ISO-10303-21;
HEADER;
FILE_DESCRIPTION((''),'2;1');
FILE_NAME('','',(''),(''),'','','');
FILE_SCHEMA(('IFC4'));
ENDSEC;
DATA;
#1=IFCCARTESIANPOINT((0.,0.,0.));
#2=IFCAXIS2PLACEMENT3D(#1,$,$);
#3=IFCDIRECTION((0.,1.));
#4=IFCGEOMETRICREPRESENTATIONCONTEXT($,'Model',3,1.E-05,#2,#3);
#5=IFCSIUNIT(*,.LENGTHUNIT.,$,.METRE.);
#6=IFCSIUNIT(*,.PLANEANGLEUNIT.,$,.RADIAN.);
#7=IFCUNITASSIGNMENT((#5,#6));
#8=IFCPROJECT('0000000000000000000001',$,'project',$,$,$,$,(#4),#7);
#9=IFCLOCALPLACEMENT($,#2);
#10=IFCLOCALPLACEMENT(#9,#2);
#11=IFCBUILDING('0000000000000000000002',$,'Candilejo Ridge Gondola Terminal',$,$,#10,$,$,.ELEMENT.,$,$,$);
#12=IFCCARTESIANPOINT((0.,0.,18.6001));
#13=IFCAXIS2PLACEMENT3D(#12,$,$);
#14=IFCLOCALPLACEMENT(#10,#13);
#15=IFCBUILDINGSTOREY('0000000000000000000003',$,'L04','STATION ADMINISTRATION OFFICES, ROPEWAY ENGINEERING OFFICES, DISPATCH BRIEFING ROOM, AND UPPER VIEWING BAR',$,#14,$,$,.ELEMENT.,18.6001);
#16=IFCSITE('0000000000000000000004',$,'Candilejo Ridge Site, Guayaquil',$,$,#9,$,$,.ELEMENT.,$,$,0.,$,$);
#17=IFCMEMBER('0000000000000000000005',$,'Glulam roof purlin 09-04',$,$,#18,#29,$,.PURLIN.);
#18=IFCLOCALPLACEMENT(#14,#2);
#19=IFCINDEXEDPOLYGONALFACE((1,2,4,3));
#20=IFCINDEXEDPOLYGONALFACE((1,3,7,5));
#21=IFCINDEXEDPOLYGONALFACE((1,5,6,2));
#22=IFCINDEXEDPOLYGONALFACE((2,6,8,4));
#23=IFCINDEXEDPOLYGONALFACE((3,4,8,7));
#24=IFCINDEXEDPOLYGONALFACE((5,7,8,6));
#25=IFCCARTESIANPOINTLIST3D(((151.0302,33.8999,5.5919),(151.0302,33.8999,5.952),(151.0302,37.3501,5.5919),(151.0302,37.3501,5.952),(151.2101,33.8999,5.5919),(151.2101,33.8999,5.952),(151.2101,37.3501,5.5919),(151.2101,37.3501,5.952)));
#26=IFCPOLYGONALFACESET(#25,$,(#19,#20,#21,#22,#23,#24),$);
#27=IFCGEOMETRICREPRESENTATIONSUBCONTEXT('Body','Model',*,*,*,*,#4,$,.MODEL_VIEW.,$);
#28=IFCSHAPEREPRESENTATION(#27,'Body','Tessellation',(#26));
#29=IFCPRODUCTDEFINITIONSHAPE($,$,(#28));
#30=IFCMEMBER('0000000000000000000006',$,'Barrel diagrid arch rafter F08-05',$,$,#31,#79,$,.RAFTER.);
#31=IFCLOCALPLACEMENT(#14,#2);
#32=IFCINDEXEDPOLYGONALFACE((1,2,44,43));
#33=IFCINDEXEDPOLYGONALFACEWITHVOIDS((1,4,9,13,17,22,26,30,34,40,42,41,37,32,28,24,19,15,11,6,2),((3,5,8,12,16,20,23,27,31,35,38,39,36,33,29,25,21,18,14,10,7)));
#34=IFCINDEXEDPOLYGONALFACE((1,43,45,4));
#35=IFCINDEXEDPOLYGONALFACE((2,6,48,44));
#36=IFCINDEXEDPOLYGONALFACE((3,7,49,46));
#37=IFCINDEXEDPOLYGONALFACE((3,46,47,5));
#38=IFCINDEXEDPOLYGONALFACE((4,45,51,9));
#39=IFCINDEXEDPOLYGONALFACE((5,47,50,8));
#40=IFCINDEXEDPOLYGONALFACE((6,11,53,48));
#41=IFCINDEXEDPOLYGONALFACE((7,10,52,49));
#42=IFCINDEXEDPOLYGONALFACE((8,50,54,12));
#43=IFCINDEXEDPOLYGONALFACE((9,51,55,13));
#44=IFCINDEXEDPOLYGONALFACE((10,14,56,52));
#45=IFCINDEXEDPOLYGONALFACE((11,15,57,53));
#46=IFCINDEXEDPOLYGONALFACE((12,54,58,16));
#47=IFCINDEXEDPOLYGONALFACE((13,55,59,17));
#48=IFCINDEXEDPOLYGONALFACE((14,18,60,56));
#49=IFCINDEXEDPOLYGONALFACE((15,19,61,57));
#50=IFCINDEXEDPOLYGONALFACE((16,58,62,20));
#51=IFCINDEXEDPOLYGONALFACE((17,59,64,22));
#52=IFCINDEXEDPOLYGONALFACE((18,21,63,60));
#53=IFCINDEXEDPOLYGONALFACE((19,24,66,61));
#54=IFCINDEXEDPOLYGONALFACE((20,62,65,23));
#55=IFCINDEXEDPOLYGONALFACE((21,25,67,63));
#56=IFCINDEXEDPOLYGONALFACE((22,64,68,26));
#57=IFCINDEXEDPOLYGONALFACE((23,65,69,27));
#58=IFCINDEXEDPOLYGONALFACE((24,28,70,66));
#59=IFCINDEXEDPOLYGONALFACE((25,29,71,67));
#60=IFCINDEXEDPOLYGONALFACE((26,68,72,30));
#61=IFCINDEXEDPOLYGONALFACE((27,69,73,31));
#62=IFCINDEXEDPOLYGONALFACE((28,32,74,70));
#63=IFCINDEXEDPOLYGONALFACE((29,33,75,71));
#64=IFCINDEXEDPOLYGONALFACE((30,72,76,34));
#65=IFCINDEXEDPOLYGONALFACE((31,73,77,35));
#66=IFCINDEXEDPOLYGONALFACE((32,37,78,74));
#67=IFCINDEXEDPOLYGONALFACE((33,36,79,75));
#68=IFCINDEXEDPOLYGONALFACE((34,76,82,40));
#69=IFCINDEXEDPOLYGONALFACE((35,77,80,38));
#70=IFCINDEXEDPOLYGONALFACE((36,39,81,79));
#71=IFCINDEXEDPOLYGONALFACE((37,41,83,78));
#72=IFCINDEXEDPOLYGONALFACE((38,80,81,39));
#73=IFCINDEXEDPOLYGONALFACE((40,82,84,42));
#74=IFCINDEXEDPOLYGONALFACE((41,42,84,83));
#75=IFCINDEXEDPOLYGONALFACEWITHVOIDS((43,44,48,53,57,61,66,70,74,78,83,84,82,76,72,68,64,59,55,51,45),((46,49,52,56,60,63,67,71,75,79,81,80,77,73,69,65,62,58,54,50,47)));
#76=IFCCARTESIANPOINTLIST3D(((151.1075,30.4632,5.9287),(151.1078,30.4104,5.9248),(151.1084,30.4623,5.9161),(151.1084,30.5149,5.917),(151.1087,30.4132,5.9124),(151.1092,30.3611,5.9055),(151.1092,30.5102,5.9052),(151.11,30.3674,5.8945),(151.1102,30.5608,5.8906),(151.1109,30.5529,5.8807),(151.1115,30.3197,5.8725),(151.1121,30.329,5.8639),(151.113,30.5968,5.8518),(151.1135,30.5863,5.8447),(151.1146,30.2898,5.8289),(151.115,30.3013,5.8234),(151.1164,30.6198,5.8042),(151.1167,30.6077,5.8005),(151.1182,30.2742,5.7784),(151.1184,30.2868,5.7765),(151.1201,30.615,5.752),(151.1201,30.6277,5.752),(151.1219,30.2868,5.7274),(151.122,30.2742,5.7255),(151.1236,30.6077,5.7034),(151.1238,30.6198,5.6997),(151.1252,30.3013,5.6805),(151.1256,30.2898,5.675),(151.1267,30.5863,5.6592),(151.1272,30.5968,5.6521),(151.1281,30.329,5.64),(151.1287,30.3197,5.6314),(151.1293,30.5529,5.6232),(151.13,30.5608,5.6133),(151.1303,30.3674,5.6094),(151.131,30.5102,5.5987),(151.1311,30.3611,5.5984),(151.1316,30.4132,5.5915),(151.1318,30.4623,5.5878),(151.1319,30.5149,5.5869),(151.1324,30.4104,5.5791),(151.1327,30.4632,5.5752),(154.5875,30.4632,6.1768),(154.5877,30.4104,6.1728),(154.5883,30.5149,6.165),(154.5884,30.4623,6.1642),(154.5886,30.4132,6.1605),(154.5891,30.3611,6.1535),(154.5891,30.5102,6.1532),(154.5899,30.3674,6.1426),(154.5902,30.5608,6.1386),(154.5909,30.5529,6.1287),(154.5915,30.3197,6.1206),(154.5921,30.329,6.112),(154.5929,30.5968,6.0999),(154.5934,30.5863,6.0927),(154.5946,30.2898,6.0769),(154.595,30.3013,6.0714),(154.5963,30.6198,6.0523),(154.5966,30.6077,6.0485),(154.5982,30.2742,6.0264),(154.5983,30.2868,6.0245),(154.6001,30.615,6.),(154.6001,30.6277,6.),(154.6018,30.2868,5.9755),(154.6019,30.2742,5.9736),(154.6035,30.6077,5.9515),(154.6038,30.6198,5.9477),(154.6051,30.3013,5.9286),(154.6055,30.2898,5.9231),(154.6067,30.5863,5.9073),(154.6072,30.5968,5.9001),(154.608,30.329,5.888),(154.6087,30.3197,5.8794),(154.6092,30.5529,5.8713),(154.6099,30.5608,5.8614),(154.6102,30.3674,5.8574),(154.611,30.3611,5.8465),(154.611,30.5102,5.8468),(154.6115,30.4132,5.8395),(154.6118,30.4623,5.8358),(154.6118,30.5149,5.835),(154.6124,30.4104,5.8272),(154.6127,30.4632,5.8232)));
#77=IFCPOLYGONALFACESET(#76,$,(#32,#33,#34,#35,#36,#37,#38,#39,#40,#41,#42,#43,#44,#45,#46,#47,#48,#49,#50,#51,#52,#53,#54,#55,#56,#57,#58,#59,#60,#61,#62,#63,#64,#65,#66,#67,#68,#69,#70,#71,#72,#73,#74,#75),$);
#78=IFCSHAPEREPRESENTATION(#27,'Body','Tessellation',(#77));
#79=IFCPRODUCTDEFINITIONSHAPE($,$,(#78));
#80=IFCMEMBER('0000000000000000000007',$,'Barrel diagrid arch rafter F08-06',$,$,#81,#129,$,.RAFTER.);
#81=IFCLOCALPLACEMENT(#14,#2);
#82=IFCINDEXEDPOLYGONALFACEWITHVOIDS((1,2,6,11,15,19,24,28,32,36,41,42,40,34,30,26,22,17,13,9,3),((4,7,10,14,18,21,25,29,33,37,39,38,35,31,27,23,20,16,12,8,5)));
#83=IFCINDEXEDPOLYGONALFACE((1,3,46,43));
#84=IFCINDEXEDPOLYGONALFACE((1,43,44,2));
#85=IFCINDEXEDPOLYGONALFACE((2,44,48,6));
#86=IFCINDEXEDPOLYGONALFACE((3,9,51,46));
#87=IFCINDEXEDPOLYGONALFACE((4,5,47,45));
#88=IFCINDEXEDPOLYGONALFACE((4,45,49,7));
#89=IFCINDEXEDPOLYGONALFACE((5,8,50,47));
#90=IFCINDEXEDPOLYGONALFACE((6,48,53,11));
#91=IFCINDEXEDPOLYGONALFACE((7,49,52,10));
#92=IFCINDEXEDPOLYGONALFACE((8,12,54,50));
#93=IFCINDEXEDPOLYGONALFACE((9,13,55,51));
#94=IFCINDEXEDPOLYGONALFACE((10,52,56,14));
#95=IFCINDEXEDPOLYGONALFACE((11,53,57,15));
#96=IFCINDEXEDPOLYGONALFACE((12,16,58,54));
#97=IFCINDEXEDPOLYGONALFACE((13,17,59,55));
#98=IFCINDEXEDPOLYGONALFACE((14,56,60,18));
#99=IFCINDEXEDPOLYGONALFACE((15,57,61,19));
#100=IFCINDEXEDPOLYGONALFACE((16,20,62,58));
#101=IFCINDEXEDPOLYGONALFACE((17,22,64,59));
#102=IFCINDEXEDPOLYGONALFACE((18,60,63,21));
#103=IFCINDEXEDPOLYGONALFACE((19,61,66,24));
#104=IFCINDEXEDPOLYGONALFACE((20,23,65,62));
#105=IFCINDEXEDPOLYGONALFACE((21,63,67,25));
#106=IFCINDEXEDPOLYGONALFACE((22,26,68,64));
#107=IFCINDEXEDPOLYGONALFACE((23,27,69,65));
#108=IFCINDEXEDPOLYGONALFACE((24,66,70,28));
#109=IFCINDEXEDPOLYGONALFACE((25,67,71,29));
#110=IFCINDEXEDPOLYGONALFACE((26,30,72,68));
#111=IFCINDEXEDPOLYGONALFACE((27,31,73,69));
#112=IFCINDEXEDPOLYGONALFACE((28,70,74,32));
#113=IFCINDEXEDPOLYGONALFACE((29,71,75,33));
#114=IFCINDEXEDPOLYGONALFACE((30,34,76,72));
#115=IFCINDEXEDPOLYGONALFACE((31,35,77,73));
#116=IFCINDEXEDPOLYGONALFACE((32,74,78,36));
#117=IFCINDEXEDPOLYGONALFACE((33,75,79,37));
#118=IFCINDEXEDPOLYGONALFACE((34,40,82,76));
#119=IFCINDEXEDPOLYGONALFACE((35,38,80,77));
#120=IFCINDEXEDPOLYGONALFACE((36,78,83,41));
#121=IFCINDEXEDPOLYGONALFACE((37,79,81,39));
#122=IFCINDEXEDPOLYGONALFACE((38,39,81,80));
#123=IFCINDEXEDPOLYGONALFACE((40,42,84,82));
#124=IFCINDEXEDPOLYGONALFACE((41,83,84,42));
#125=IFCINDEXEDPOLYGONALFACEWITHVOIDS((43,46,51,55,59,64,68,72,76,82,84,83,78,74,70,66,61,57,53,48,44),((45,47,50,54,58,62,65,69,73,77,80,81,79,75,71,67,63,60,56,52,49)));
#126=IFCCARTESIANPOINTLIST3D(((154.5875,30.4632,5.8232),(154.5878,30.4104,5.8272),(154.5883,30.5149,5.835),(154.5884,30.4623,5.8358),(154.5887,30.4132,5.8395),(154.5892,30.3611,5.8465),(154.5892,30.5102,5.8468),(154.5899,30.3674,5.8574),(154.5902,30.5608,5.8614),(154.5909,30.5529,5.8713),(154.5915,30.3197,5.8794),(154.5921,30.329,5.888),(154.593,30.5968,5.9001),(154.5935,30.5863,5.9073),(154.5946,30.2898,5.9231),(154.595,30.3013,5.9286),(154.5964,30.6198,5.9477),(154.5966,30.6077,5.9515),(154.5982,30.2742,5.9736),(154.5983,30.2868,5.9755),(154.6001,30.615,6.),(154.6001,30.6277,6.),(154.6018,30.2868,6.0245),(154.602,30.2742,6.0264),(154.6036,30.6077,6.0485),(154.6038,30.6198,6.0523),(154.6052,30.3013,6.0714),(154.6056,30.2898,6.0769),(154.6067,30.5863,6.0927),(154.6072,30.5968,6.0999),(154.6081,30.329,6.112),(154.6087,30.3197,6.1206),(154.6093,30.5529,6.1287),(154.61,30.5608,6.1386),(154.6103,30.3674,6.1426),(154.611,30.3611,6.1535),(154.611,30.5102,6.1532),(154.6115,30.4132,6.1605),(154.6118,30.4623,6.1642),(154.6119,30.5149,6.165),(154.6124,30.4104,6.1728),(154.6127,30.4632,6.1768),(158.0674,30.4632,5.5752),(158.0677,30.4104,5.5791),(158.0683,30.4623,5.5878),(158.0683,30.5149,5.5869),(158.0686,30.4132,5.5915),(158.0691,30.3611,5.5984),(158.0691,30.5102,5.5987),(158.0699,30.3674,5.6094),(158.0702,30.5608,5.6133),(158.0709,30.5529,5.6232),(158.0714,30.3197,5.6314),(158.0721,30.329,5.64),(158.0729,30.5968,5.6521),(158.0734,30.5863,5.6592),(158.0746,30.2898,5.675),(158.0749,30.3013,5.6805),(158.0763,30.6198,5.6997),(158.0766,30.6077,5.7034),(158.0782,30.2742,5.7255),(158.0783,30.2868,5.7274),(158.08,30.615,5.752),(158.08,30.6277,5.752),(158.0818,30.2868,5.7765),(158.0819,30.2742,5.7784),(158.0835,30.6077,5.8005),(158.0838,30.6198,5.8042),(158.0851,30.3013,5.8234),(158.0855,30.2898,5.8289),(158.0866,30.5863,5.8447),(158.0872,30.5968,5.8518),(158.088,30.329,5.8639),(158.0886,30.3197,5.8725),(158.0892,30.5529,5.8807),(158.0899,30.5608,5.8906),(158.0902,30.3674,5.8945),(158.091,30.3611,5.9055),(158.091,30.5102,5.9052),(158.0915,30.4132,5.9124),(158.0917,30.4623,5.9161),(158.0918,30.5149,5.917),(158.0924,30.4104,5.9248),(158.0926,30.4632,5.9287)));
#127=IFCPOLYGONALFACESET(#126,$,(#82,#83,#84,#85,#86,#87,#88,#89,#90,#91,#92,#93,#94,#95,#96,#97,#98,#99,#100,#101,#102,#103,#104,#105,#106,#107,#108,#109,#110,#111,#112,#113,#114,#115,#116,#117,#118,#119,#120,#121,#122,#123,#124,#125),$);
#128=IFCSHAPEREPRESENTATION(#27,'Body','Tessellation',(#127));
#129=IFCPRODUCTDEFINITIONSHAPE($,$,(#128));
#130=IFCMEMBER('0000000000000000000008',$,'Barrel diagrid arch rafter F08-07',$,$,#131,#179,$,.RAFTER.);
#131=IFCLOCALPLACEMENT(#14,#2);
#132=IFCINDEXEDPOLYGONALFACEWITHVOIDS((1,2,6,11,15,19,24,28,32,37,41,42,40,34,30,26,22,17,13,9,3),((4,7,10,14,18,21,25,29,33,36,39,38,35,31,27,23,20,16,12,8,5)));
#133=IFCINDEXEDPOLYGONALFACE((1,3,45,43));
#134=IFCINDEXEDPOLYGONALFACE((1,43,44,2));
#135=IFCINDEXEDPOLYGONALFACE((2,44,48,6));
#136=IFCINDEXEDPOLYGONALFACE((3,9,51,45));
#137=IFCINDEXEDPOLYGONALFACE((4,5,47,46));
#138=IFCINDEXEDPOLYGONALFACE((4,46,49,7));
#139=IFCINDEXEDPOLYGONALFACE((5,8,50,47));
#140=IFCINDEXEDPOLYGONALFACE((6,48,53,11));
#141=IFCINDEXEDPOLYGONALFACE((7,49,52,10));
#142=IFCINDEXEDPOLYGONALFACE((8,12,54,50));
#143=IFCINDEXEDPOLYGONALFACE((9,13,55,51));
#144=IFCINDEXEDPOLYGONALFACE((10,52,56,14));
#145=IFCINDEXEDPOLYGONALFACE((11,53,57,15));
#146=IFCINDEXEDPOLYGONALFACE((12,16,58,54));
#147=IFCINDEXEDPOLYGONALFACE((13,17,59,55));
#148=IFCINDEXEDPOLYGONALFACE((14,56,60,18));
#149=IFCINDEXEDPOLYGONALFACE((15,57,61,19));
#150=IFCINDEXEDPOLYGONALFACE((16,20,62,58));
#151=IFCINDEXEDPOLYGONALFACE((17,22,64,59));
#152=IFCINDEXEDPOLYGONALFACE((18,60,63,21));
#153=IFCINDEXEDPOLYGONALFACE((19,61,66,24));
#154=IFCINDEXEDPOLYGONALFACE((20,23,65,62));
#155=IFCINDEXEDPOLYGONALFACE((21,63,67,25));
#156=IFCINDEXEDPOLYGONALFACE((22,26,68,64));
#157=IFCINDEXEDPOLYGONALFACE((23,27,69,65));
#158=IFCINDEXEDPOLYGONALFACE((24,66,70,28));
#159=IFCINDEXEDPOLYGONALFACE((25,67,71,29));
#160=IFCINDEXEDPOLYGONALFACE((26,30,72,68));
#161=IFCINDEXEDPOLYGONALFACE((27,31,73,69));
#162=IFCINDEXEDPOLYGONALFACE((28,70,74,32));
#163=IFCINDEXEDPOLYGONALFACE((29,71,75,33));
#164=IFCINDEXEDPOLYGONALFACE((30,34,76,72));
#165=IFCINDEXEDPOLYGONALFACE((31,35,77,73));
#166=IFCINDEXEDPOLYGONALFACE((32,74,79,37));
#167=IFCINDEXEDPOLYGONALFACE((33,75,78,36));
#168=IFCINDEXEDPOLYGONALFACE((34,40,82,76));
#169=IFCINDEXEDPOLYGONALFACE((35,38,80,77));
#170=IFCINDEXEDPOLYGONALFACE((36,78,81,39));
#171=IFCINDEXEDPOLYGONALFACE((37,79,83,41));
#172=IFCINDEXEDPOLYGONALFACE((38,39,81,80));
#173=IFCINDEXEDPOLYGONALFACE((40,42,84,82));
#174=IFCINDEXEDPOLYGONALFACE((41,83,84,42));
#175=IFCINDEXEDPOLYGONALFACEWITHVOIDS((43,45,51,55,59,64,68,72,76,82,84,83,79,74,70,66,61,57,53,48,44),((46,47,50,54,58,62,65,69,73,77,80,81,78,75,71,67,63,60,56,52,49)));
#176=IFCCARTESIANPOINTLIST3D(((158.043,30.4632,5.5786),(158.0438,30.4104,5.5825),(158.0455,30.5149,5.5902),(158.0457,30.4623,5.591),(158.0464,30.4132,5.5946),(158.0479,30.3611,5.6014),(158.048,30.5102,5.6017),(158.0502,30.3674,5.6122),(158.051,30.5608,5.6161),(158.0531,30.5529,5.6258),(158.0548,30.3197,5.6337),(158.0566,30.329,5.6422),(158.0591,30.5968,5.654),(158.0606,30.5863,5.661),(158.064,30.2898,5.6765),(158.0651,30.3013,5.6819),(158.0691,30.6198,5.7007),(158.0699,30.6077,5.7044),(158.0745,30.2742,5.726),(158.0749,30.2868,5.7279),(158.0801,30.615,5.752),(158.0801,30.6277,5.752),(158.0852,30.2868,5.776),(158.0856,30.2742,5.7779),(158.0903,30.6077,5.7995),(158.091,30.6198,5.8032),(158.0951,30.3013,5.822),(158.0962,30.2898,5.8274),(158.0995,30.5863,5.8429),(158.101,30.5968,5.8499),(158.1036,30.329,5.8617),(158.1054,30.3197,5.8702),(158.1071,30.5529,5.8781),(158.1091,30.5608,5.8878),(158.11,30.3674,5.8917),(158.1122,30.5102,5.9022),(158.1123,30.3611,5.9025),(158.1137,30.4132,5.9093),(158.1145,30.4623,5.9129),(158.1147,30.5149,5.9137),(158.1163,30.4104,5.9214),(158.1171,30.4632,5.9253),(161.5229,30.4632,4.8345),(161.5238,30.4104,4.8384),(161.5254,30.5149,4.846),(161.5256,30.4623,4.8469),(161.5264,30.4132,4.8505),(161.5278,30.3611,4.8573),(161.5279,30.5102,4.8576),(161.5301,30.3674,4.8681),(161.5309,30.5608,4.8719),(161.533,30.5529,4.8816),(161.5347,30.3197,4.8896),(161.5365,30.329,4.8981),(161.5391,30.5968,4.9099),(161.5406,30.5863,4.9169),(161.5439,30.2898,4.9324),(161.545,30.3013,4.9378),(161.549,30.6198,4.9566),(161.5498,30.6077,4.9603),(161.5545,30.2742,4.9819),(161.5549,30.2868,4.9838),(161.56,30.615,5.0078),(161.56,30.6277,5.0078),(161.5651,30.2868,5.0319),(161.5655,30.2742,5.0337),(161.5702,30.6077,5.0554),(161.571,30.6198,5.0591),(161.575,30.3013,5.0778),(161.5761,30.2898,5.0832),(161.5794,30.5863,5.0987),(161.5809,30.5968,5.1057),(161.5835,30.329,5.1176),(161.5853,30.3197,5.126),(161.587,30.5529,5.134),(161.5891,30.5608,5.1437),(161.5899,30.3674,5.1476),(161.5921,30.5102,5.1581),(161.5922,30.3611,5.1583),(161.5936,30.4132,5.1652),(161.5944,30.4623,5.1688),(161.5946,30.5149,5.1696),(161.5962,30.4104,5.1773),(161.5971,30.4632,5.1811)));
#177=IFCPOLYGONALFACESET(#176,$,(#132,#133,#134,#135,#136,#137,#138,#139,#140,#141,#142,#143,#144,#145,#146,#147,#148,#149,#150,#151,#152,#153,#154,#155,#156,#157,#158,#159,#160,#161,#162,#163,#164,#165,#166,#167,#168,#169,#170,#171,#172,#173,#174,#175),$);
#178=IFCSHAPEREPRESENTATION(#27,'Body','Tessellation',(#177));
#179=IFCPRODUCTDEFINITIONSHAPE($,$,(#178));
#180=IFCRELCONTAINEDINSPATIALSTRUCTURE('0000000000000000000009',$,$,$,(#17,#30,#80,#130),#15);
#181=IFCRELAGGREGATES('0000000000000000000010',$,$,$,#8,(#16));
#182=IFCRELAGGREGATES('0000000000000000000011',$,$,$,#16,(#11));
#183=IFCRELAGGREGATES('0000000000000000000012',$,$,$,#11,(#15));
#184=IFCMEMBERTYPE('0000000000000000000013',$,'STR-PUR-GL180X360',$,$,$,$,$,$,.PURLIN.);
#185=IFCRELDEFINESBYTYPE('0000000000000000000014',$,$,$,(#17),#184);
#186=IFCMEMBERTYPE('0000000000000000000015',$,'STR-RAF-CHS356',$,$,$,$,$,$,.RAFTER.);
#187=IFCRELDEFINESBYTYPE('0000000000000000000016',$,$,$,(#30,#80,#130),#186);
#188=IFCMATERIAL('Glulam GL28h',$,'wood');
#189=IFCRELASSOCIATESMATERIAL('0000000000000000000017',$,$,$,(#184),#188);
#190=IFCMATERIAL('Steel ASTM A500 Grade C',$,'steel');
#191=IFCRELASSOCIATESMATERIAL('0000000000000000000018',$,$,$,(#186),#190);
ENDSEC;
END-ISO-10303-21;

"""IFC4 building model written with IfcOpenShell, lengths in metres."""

from ifc_helpers import new_model, si_unit, direction, frame, origin, origin_2d, place, context, subcontext, project, spatial, rectangle, hollow_circle, extrude, material, material_profile, profile_set, type_object, element, save


model = new_model("IFC4")

# Units and contexts
model_context = context("Model", 3, precision=1e-05, world=origin(), true_north=direction((0.0, 1.0)))
body_context = subcontext(model_context, "Body", "Model", "MODEL_VIEW")
ifc_project = project(units=[si_unit("LENGTHUNIT", "METRE"), si_unit("PLANEANGLEUNIT", "RADIAN")], contexts=[model_context])

# Site, building, storey
site_placement = place(None, origin())
site = spatial("IfcSite", under=ifc_project, at=site_placement, Name="Candilejo Ridge Site, Guayaquil", CompositionType="ELEMENT", RefElevation=0.0)
building_placement = place(site_placement, origin())
building = spatial("IfcBuilding", under=site, at=building_placement, Name="Candilejo Ridge Gondola Terminal", CompositionType="ELEMENT")
storey_placement = place(building_placement, frame((0.0, 0.0, 18.6001)))
storey = spatial("IfcBuildingStorey", under=building, at=storey_placement, Name="L04", Description="STATION ADMINISTRATION OFFICES, ROPEWAY ENGINEERING OFFICES, DISPATCH BRIEFING ROOM, AND UPPER VIEWING BAR", CompositionType="ELEMENT", Elevation=18.6001)

# Members
ifc_material_1 = material(Name="Glulam GL28h", Category="wood")
ifc_material_profile_1 = material_profile(ifc_material_1, rectangle(XDim=0.1799, YDim=0.3601, at=origin_2d()))
ifc_profile_set_1 = profile_set([ifc_material_profile_1], Name="Glulam GL28h")
member_type_1 = type_object("IfcMemberType", Name="STR-PUR-GL180X360", PredefinedType="PURLIN", material=ifc_profile_set_1)
member_1_placement = place(storey_placement, frame((151.1201, 33.8999, 5.772), z_axis=(0.0, 1.0, 0.0), x_axis=(-1.0, 0.0, 0.0)))
element("IfcMember", 1, at=member_1_placement, inside=storey, type_object=member_type_1, Name="Glulam roof purlin 09-04", PredefinedType="PURLIN", context=body_context, shape_type="SweptSolid", body=[
    extrude(rectangle(XDim=0.1799, YDim=0.3601, at=origin_2d()), origin(), (0.0, 0.0, 1.0), 3.4502),
])
ifc_material_2 = material(Name="Steel ASTM A500 Grade C", Category="steel")
ifc_material_profile_2 = material_profile(ifc_material_2, hollow_circle(Radius=0.1777, WallThickness=0.0127, at=origin_2d()))
ifc_profile_set_2 = profile_set([ifc_material_profile_2], Name="Steel ASTM A500 Grade C")
member_type_2 = type_object("IfcMemberType", Name="STR-RAF-CHS356", PredefinedType="RAFTER", material=ifc_profile_set_2)
for number, where, z_axis, x_axis, name in (
    (2, (151.1201, 30.45, 5.752), (0.997469, 0.0, 0.071098), (0.0, 1.0, 0.0), "Barrel diagrid arch rafter F08-05"),
    (3, (154.6001, 30.45, 6.0), (0.997469, 0.0, -0.071098), (0.0, 1.0, 0.0), "Barrel diagrid arch rafter F08-06"),
):
    element("IfcMember", number, at=place(storey_placement, frame(where, z_axis=z_axis, x_axis=x_axis)), inside=storey, type_object=member_type_2, Name=name, PredefinedType="RAFTER", context=body_context, shape_type="SweptSolid", body=[
        extrude(hollow_circle(Radius=0.1777, WallThickness=0.0127, at=origin_2d()), origin(), (0.0, 0.0, 1.0), 3.4888),
    ])
member_2_placement = place(storey_placement, frame((158.0801, 30.45, 5.752), z_axis=(0.977893, 0.0, -0.209107), x_axis=(0.0, 1.0, 0.0)))
element("IfcMember", 4, at=member_2_placement, inside=storey, type_object=member_type_2, Name="Barrel diagrid arch rafter F08-07", PredefinedType="RAFTER", context=body_context, shape_type="SweptSolid", body=[
    extrude(hollow_circle(Radius=0.1777, WallThickness=0.0127, at=origin_2d()), origin(), (0.0, 0.0, 1.0), 3.5586),
])

save(model, "model.ifc")
